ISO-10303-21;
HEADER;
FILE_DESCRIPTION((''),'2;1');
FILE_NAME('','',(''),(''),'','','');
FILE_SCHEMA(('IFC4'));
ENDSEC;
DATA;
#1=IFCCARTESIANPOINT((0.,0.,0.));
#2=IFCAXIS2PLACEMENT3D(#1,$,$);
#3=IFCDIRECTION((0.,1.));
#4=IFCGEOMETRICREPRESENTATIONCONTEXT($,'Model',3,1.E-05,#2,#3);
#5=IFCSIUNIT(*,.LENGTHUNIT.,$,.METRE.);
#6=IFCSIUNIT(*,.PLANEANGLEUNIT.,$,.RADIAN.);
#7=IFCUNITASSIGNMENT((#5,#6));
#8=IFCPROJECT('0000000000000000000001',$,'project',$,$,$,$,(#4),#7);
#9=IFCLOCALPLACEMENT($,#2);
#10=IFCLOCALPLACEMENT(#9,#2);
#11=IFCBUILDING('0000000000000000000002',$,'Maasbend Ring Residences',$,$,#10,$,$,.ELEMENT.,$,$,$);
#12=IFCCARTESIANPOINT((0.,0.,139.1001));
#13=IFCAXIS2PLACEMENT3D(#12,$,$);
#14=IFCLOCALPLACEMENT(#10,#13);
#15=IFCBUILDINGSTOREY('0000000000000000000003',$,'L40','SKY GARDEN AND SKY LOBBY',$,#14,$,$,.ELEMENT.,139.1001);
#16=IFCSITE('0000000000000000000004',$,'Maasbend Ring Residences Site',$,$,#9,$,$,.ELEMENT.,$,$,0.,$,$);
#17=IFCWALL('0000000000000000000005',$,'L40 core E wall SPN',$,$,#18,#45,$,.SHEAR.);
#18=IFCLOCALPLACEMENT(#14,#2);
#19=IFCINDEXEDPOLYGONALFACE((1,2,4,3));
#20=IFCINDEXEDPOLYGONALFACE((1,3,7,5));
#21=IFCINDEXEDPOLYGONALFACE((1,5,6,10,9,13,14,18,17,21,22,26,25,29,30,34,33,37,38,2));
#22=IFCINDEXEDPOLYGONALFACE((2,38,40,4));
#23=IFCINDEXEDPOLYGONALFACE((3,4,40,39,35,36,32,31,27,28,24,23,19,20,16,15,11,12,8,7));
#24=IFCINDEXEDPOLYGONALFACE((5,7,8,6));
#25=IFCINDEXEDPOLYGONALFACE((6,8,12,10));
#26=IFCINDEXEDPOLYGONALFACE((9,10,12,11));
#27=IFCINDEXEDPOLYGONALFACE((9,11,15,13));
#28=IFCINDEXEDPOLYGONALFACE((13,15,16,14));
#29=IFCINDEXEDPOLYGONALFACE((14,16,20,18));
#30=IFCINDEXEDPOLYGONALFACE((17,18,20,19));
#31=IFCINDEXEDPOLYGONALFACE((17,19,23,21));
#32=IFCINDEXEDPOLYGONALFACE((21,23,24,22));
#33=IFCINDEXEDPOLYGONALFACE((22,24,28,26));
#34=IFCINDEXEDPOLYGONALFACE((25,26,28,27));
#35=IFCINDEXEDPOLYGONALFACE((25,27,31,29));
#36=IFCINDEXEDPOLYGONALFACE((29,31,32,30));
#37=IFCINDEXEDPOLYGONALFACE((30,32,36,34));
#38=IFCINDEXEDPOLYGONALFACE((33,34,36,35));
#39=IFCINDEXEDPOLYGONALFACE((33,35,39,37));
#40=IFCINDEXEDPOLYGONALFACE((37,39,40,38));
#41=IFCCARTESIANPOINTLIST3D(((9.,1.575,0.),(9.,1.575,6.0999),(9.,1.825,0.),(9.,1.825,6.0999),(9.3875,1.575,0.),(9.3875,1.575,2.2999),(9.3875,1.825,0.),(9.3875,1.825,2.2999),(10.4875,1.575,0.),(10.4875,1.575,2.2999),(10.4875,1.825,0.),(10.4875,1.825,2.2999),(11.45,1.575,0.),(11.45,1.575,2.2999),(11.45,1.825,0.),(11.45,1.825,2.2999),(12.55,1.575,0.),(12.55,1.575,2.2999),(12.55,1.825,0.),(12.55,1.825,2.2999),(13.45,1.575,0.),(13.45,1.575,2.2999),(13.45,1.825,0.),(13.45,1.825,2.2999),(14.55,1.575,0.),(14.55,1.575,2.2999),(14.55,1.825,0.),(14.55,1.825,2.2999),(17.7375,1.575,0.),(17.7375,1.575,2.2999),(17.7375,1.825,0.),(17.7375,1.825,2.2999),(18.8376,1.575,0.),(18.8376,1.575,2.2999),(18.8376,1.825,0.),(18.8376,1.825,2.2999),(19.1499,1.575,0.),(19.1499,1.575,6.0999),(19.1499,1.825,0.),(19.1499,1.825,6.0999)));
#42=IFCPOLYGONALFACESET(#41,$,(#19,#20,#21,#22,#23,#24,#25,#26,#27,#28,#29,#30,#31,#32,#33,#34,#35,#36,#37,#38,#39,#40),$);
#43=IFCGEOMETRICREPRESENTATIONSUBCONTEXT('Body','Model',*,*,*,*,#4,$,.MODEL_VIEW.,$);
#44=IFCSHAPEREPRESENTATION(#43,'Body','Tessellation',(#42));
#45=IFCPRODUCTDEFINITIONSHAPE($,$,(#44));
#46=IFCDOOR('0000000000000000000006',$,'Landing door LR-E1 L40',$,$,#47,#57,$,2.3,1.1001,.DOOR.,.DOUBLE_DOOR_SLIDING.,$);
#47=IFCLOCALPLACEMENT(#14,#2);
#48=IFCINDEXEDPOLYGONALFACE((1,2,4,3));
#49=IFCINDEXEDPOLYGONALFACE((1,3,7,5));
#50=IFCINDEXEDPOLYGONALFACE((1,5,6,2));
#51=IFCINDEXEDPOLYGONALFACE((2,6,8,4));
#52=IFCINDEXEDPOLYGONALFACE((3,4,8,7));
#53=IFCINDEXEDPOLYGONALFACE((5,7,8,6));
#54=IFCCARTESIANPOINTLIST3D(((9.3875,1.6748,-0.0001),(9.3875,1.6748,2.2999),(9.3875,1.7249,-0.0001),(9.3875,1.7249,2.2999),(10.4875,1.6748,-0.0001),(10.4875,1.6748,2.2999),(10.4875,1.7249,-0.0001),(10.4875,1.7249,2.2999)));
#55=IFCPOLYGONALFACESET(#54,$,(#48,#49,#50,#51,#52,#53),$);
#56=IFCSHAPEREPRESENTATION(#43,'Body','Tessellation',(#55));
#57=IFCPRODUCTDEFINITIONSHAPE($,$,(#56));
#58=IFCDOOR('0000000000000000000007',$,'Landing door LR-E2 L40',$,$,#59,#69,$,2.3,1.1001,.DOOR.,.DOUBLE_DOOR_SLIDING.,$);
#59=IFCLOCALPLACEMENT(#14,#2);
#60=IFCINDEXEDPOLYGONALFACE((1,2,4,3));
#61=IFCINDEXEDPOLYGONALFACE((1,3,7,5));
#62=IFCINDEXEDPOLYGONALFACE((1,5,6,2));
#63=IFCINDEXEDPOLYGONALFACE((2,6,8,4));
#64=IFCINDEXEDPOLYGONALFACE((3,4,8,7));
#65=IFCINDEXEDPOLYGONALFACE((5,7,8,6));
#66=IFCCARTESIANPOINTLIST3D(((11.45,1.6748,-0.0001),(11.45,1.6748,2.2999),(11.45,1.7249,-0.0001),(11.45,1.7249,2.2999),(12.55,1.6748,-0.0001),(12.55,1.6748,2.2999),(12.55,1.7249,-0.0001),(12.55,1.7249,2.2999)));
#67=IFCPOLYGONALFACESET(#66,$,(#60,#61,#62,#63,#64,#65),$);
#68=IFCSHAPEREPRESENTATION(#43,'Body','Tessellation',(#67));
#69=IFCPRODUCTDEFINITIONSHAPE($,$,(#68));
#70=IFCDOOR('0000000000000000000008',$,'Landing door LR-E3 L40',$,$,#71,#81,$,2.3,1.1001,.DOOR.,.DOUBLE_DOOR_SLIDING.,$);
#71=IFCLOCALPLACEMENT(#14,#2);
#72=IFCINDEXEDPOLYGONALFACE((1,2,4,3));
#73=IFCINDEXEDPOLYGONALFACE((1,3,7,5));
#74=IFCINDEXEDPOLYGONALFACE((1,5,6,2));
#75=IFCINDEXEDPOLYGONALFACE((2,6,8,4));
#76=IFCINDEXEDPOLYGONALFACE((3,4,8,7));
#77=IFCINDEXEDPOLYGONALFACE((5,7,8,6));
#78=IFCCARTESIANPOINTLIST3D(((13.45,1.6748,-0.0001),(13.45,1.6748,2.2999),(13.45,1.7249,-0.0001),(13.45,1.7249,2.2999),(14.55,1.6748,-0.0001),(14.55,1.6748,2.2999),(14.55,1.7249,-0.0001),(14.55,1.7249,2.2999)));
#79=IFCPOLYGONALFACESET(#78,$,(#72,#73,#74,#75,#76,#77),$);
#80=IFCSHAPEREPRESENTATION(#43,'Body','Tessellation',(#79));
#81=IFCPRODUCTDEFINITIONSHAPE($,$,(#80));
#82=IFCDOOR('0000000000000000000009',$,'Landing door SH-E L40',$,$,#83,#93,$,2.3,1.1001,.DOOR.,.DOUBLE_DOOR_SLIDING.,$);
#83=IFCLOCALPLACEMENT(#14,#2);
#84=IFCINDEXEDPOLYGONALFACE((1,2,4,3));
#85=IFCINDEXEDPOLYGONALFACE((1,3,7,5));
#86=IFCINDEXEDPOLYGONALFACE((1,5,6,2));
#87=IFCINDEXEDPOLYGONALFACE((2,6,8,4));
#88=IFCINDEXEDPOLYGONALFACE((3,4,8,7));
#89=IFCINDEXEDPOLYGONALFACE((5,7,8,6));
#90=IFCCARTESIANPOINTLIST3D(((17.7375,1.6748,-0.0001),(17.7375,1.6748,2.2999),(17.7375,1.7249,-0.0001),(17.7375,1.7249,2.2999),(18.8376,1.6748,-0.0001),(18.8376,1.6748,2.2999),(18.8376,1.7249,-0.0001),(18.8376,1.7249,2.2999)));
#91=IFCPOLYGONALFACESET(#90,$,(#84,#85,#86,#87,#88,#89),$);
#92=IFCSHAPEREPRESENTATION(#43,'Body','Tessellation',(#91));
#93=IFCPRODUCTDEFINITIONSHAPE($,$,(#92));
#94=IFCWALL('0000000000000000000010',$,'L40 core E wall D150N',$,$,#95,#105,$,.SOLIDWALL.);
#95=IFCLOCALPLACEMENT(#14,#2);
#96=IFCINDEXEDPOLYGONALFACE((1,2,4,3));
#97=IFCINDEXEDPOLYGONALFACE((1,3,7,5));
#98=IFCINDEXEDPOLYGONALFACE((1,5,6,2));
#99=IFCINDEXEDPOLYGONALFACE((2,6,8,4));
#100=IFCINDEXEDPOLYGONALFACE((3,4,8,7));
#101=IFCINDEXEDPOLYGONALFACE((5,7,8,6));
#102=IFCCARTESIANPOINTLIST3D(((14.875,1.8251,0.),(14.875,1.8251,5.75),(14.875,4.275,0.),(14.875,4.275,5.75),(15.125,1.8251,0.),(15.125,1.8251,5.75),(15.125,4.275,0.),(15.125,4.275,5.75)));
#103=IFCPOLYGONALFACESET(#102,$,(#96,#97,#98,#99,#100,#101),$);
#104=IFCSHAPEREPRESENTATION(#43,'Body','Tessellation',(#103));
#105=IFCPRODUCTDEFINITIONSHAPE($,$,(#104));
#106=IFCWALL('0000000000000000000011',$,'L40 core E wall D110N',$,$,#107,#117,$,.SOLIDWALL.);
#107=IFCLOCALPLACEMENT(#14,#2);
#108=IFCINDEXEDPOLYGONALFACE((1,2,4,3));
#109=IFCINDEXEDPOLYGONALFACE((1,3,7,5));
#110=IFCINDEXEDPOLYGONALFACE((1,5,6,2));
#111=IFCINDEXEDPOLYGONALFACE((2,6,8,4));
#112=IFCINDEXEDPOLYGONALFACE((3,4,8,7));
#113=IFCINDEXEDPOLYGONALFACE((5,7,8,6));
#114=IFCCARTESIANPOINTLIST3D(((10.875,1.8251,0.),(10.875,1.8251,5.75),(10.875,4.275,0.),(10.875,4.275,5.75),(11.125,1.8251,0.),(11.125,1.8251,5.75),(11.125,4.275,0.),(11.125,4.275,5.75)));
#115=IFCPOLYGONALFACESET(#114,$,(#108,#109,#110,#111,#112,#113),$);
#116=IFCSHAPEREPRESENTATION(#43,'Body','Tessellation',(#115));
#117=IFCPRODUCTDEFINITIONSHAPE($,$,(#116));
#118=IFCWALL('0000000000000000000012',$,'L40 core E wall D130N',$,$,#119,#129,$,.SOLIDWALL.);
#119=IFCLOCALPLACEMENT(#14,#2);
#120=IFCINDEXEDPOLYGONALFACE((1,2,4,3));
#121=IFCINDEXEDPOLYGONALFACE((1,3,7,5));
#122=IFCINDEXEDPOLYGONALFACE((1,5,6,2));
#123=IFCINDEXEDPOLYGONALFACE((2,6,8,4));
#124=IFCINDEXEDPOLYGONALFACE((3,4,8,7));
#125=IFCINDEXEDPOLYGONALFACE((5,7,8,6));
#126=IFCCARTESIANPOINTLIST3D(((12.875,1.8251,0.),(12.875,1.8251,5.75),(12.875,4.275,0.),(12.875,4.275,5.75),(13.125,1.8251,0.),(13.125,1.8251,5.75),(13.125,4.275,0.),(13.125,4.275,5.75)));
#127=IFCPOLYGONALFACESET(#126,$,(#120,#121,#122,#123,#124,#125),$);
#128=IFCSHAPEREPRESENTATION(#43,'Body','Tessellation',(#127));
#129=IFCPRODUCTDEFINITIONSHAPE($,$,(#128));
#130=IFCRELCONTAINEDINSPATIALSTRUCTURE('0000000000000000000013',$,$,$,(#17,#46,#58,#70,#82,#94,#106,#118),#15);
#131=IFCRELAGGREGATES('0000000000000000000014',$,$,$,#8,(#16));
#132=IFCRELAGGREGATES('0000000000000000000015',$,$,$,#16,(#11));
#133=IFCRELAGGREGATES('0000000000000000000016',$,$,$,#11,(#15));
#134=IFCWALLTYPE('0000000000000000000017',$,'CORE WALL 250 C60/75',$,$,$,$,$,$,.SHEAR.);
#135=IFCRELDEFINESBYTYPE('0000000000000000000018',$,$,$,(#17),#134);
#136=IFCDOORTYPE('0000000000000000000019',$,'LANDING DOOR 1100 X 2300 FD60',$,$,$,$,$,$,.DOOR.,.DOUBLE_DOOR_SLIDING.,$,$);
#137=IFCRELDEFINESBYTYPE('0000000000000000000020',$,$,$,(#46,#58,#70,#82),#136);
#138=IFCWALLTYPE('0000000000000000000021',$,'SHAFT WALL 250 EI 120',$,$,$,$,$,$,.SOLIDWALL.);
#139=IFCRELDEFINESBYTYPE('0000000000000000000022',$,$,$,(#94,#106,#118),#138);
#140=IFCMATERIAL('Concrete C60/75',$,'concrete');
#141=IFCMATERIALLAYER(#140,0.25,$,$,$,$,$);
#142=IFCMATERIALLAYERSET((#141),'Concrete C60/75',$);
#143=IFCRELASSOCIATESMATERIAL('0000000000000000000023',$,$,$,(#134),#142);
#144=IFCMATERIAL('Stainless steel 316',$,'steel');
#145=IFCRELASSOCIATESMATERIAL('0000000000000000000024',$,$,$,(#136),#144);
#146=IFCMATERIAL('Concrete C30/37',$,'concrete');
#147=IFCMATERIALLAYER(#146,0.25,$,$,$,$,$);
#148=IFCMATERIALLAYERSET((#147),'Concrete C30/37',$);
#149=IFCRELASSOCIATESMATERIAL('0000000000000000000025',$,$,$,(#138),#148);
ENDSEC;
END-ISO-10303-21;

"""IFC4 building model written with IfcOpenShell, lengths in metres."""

from ifc_helpers import new_model, si_unit, direction, frame, frame_2d, origin, place, context, subcontext, project, spatial, rectangle, extrude, material, layer, layer_set, type_object, element, fill, save


model = new_model("IFC4")

# Units and contexts
model_context = context("Model", 3, precision=1e-05, world=origin(), true_north=direction((0.0, 1.0)))
body_context = subcontext(model_context, "Body", "Model", "MODEL_VIEW")
ifc_project = project(units=[si_unit("LENGTHUNIT", "METRE"), si_unit("PLANEANGLEUNIT", "RADIAN")], contexts=[model_context])

# Site, building, storey
site_placement = place(None, origin())
site = spatial("IfcSite", under=ifc_project, at=site_placement, Name="Maasbend Ring Residences Site", CompositionType="ELEMENT", RefElevation=0.0)
building_placement = place(site_placement, origin())
building = spatial("IfcBuilding", under=site, at=building_placement, Name="Maasbend Ring Residences", CompositionType="ELEMENT")
storey_placement = place(building_placement, frame((0.0, 0.0, 139.1001)))
storey = spatial("IfcBuildingStorey", under=building, at=storey_placement, Name="L40", Description="SKY GARDEN AND SKY LOBBY", CompositionType="ELEMENT", Elevation=139.1001)

# Wall, openings, doors
ifc_material_1 = material(Name="Concrete C60/75", Category="concrete")
ifc_layer_1 = layer(ifc_material_1, 0.25)
ifc_layer_set_1 = layer_set([ifc_layer_1], Name="Concrete C60/75")
wall_type_1 = type_object("IfcWallType", Name="CORE WALL 250 C60/75", PredefinedType="SHEAR", material=ifc_layer_set_1)
wall_placement = place(storey_placement, frame((9.0, 1.7, 0.0), z_axis=(0.0, 0.0, 1.0), x_axis=(1.0, 0.0, 0.0)))
wall = element("IfcWall", 1, at=wall_placement, inside=storey, type_object=wall_type_1, Name="L40 core E wall SPN", PredefinedType="SHEAR", context=body_context, shape_type="SweptSolid", body=[
    extrude(rectangle(XDim=10.1499, YDim=0.25, at=frame_2d((5.075, 0.0))), origin(), (0.0, 0.0, 1.0), 6.0999),
])
opening_1_placement = place(wall_placement, frame((0.3875, 0.0, 0.0)))
opening_1 = element("IfcOpeningElement", 2, at=opening_1_placement, cuts=wall, PredefinedType="OPENING", context=body_context, shape_type="SweptSolid", body=[
    extrude(rectangle(XDim=1.1001, YDim=2.3, at=frame_2d((0.55, 1.1499))), frame((0.0, 0.135, 0.0), z_axis=(0.0, -1.0, 0.0), x_axis=(1.0, 0.0, 0.0)), (0.0, 0.0, 1.0), 0.27),
])
opening_2_placement = place(wall_placement, frame((2.45, 0.0, 0.0)))
opening_2 = element("IfcOpeningElement", 3, at=opening_2_placement, cuts=wall, PredefinedType="OPENING", context=body_context, shape_type="SweptSolid", body=[
    extrude(rectangle(XDim=1.1001, YDim=2.3, at=frame_2d((0.55, 1.1499))), frame((0.0, 0.135, 0.0), z_axis=(0.0, -1.0, 0.0), x_axis=(1.0, 0.0, 0.0)), (0.0, 0.0, 1.0), 0.27),
])
opening_3_placement = place(wall_placement, frame((4.45, 0.0, 0.0)))
opening_3 = element("IfcOpeningElement", 4, at=opening_3_placement, cuts=wall, PredefinedType="OPENING", context=body_context, shape_type="SweptSolid", body=[
    extrude(rectangle(XDim=1.1001, YDim=2.3, at=frame_2d((0.55, 1.1499))), frame((0.0, 0.135, 0.0), z_axis=(0.0, -1.0, 0.0), x_axis=(1.0, 0.0, 0.0)), (0.0, 0.0, 1.0), 0.27),
])
opening_4_placement = place(wall_placement, frame((8.7375, 0.0, 0.0)))
opening_4 = element("IfcOpeningElement", 5, at=opening_4_placement, cuts=wall, PredefinedType="OPENING", context=body_context, shape_type="SweptSolid", body=[
    extrude(rectangle(XDim=1.1001, YDim=2.3, at=frame_2d((0.55, 1.1499))), frame((0.0, 0.135, 0.0), z_axis=(0.0, -1.0, 0.0), x_axis=(1.0, 0.0, 0.0)), (0.0, 0.0, 1.0), 0.27),
])
ifc_material_2 = material(Name="Stainless steel 316", Category="steel")
door_type = type_object("IfcDoorType", Name="LANDING DOOR 1100 X 2300 FD60", OperationType="DOUBLE_DOOR_SLIDING", PredefinedType="DOOR", material=ifc_material_2)
door_1_placement = place(opening_1_placement, origin())
door_1 = element("IfcDoor", 6, at=door_1_placement, inside=storey, type_object=door_type, Name="Landing door LR-E1 L40", OperationType="DOUBLE_DOOR_SLIDING", OverallHeight=2.3, OverallWidth=1.1001, PredefinedType="DOOR", context=body_context, shape_type="SweptSolid", body=[
    extrude(rectangle(XDim=1.1001, YDim=2.3, at=frame_2d((0.55, 1.1499))), frame((0.0, 0.0249, 0.0), z_axis=(0.0, -1.0, 0.0), x_axis=(1.0, 0.0, 0.0)), (0.0, 0.0, 1.0), 0.05),
])
fill(opening_1, door_1)
door_2_placement = place(opening_2_placement, origin())
door_2 = element("IfcDoor", 7, at=door_2_placement, inside=storey, type_object=door_type, Name="Landing door LR-E2 L40", OperationType="DOUBLE_DOOR_SLIDING", OverallHeight=2.3, OverallWidth=1.1001, PredefinedType="DOOR", context=body_context, shape_type="SweptSolid", body=[
    extrude(rectangle(XDim=1.1001, YDim=2.3, at=frame_2d((0.55, 1.1499))), frame((0.0, 0.0249, 0.0), z_axis=(0.0, -1.0, 0.0), x_axis=(1.0, 0.0, 0.0)), (0.0, 0.0, 1.0), 0.05),
])
fill(opening_2, door_2)
door_3_placement = place(opening_3_placement, origin())
door_3 = element("IfcDoor", 8, at=door_3_placement, inside=storey, type_object=door_type, Name="Landing door LR-E3 L40", OperationType="DOUBLE_DOOR_SLIDING", OverallHeight=2.3, OverallWidth=1.1001, PredefinedType="DOOR", context=body_context, shape_type="SweptSolid", body=[
    extrude(rectangle(XDim=1.1001, YDim=2.3, at=frame_2d((0.55, 1.1499))), frame((0.0, 0.0249, 0.0), z_axis=(0.0, -1.0, 0.0), x_axis=(1.0, 0.0, 0.0)), (0.0, 0.0, 1.0), 0.05),
])
fill(opening_3, door_3)
door_4_placement = place(opening_4_placement, origin())
door_4 = element("IfcDoor", 9, at=door_4_placement, inside=storey, type_object=door_type, Name="Landing door SH-E L40", OperationType="DOUBLE_DOOR_SLIDING", OverallHeight=2.3, OverallWidth=1.1001, PredefinedType="DOOR", context=body_context, shape_type="SweptSolid", body=[
    extrude(rectangle(XDim=1.1001, YDim=2.3, at=frame_2d((0.55, 1.1499))), frame((0.0, 0.0249, 0.0), z_axis=(0.0, -1.0, 0.0), x_axis=(1.0, 0.0, 0.0)), (0.0, 0.0, 1.0), 0.05),
])
fill(opening_4, door_4)

# Walls
ifc_material_3 = material(Name="Concrete C30/37", Category="concrete")
ifc_layer_2 = layer(ifc_material_3, 0.25)
ifc_layer_set_2 = layer_set([ifc_layer_2], Name="Concrete C30/37")
wall_type_2 = type_object("IfcWallType", Name="SHAFT WALL 250 EI 120", PredefinedType="SOLIDWALL", material=ifc_layer_set_2)
for number, where, z_axis, x_axis, name in (
    (10, (15.0, 1.825, 0.0), (0.0, 0.0, 1.0), (0.0, 1.0, 0.0), "L40 core E wall D150N"),
    (11, (11.0, 1.825, 0.0), (0.0, 0.0, 1.0), (0.0, 1.0, 0.0), "L40 core E wall D110N"),
    (12, (13.0, 1.825, 0.0), (0.0, 0.0, 1.0), (0.0, 1.0, 0.0), "L40 core E wall D130N"),
):
    element("IfcWall", number, at=place(storey_placement, frame(where, z_axis=z_axis, x_axis=x_axis)), inside=storey, type_object=wall_type_2, Name=name, PredefinedType="SOLIDWALL", context=body_context, shape_type="SweptSolid", body=[
        extrude(rectangle(XDim=2.45, YDim=0.25, at=frame_2d((1.2251, 0.0))), origin(), (0.0, 0.0, 1.0), 5.75),
    ])

save(model, "model.ifc")
